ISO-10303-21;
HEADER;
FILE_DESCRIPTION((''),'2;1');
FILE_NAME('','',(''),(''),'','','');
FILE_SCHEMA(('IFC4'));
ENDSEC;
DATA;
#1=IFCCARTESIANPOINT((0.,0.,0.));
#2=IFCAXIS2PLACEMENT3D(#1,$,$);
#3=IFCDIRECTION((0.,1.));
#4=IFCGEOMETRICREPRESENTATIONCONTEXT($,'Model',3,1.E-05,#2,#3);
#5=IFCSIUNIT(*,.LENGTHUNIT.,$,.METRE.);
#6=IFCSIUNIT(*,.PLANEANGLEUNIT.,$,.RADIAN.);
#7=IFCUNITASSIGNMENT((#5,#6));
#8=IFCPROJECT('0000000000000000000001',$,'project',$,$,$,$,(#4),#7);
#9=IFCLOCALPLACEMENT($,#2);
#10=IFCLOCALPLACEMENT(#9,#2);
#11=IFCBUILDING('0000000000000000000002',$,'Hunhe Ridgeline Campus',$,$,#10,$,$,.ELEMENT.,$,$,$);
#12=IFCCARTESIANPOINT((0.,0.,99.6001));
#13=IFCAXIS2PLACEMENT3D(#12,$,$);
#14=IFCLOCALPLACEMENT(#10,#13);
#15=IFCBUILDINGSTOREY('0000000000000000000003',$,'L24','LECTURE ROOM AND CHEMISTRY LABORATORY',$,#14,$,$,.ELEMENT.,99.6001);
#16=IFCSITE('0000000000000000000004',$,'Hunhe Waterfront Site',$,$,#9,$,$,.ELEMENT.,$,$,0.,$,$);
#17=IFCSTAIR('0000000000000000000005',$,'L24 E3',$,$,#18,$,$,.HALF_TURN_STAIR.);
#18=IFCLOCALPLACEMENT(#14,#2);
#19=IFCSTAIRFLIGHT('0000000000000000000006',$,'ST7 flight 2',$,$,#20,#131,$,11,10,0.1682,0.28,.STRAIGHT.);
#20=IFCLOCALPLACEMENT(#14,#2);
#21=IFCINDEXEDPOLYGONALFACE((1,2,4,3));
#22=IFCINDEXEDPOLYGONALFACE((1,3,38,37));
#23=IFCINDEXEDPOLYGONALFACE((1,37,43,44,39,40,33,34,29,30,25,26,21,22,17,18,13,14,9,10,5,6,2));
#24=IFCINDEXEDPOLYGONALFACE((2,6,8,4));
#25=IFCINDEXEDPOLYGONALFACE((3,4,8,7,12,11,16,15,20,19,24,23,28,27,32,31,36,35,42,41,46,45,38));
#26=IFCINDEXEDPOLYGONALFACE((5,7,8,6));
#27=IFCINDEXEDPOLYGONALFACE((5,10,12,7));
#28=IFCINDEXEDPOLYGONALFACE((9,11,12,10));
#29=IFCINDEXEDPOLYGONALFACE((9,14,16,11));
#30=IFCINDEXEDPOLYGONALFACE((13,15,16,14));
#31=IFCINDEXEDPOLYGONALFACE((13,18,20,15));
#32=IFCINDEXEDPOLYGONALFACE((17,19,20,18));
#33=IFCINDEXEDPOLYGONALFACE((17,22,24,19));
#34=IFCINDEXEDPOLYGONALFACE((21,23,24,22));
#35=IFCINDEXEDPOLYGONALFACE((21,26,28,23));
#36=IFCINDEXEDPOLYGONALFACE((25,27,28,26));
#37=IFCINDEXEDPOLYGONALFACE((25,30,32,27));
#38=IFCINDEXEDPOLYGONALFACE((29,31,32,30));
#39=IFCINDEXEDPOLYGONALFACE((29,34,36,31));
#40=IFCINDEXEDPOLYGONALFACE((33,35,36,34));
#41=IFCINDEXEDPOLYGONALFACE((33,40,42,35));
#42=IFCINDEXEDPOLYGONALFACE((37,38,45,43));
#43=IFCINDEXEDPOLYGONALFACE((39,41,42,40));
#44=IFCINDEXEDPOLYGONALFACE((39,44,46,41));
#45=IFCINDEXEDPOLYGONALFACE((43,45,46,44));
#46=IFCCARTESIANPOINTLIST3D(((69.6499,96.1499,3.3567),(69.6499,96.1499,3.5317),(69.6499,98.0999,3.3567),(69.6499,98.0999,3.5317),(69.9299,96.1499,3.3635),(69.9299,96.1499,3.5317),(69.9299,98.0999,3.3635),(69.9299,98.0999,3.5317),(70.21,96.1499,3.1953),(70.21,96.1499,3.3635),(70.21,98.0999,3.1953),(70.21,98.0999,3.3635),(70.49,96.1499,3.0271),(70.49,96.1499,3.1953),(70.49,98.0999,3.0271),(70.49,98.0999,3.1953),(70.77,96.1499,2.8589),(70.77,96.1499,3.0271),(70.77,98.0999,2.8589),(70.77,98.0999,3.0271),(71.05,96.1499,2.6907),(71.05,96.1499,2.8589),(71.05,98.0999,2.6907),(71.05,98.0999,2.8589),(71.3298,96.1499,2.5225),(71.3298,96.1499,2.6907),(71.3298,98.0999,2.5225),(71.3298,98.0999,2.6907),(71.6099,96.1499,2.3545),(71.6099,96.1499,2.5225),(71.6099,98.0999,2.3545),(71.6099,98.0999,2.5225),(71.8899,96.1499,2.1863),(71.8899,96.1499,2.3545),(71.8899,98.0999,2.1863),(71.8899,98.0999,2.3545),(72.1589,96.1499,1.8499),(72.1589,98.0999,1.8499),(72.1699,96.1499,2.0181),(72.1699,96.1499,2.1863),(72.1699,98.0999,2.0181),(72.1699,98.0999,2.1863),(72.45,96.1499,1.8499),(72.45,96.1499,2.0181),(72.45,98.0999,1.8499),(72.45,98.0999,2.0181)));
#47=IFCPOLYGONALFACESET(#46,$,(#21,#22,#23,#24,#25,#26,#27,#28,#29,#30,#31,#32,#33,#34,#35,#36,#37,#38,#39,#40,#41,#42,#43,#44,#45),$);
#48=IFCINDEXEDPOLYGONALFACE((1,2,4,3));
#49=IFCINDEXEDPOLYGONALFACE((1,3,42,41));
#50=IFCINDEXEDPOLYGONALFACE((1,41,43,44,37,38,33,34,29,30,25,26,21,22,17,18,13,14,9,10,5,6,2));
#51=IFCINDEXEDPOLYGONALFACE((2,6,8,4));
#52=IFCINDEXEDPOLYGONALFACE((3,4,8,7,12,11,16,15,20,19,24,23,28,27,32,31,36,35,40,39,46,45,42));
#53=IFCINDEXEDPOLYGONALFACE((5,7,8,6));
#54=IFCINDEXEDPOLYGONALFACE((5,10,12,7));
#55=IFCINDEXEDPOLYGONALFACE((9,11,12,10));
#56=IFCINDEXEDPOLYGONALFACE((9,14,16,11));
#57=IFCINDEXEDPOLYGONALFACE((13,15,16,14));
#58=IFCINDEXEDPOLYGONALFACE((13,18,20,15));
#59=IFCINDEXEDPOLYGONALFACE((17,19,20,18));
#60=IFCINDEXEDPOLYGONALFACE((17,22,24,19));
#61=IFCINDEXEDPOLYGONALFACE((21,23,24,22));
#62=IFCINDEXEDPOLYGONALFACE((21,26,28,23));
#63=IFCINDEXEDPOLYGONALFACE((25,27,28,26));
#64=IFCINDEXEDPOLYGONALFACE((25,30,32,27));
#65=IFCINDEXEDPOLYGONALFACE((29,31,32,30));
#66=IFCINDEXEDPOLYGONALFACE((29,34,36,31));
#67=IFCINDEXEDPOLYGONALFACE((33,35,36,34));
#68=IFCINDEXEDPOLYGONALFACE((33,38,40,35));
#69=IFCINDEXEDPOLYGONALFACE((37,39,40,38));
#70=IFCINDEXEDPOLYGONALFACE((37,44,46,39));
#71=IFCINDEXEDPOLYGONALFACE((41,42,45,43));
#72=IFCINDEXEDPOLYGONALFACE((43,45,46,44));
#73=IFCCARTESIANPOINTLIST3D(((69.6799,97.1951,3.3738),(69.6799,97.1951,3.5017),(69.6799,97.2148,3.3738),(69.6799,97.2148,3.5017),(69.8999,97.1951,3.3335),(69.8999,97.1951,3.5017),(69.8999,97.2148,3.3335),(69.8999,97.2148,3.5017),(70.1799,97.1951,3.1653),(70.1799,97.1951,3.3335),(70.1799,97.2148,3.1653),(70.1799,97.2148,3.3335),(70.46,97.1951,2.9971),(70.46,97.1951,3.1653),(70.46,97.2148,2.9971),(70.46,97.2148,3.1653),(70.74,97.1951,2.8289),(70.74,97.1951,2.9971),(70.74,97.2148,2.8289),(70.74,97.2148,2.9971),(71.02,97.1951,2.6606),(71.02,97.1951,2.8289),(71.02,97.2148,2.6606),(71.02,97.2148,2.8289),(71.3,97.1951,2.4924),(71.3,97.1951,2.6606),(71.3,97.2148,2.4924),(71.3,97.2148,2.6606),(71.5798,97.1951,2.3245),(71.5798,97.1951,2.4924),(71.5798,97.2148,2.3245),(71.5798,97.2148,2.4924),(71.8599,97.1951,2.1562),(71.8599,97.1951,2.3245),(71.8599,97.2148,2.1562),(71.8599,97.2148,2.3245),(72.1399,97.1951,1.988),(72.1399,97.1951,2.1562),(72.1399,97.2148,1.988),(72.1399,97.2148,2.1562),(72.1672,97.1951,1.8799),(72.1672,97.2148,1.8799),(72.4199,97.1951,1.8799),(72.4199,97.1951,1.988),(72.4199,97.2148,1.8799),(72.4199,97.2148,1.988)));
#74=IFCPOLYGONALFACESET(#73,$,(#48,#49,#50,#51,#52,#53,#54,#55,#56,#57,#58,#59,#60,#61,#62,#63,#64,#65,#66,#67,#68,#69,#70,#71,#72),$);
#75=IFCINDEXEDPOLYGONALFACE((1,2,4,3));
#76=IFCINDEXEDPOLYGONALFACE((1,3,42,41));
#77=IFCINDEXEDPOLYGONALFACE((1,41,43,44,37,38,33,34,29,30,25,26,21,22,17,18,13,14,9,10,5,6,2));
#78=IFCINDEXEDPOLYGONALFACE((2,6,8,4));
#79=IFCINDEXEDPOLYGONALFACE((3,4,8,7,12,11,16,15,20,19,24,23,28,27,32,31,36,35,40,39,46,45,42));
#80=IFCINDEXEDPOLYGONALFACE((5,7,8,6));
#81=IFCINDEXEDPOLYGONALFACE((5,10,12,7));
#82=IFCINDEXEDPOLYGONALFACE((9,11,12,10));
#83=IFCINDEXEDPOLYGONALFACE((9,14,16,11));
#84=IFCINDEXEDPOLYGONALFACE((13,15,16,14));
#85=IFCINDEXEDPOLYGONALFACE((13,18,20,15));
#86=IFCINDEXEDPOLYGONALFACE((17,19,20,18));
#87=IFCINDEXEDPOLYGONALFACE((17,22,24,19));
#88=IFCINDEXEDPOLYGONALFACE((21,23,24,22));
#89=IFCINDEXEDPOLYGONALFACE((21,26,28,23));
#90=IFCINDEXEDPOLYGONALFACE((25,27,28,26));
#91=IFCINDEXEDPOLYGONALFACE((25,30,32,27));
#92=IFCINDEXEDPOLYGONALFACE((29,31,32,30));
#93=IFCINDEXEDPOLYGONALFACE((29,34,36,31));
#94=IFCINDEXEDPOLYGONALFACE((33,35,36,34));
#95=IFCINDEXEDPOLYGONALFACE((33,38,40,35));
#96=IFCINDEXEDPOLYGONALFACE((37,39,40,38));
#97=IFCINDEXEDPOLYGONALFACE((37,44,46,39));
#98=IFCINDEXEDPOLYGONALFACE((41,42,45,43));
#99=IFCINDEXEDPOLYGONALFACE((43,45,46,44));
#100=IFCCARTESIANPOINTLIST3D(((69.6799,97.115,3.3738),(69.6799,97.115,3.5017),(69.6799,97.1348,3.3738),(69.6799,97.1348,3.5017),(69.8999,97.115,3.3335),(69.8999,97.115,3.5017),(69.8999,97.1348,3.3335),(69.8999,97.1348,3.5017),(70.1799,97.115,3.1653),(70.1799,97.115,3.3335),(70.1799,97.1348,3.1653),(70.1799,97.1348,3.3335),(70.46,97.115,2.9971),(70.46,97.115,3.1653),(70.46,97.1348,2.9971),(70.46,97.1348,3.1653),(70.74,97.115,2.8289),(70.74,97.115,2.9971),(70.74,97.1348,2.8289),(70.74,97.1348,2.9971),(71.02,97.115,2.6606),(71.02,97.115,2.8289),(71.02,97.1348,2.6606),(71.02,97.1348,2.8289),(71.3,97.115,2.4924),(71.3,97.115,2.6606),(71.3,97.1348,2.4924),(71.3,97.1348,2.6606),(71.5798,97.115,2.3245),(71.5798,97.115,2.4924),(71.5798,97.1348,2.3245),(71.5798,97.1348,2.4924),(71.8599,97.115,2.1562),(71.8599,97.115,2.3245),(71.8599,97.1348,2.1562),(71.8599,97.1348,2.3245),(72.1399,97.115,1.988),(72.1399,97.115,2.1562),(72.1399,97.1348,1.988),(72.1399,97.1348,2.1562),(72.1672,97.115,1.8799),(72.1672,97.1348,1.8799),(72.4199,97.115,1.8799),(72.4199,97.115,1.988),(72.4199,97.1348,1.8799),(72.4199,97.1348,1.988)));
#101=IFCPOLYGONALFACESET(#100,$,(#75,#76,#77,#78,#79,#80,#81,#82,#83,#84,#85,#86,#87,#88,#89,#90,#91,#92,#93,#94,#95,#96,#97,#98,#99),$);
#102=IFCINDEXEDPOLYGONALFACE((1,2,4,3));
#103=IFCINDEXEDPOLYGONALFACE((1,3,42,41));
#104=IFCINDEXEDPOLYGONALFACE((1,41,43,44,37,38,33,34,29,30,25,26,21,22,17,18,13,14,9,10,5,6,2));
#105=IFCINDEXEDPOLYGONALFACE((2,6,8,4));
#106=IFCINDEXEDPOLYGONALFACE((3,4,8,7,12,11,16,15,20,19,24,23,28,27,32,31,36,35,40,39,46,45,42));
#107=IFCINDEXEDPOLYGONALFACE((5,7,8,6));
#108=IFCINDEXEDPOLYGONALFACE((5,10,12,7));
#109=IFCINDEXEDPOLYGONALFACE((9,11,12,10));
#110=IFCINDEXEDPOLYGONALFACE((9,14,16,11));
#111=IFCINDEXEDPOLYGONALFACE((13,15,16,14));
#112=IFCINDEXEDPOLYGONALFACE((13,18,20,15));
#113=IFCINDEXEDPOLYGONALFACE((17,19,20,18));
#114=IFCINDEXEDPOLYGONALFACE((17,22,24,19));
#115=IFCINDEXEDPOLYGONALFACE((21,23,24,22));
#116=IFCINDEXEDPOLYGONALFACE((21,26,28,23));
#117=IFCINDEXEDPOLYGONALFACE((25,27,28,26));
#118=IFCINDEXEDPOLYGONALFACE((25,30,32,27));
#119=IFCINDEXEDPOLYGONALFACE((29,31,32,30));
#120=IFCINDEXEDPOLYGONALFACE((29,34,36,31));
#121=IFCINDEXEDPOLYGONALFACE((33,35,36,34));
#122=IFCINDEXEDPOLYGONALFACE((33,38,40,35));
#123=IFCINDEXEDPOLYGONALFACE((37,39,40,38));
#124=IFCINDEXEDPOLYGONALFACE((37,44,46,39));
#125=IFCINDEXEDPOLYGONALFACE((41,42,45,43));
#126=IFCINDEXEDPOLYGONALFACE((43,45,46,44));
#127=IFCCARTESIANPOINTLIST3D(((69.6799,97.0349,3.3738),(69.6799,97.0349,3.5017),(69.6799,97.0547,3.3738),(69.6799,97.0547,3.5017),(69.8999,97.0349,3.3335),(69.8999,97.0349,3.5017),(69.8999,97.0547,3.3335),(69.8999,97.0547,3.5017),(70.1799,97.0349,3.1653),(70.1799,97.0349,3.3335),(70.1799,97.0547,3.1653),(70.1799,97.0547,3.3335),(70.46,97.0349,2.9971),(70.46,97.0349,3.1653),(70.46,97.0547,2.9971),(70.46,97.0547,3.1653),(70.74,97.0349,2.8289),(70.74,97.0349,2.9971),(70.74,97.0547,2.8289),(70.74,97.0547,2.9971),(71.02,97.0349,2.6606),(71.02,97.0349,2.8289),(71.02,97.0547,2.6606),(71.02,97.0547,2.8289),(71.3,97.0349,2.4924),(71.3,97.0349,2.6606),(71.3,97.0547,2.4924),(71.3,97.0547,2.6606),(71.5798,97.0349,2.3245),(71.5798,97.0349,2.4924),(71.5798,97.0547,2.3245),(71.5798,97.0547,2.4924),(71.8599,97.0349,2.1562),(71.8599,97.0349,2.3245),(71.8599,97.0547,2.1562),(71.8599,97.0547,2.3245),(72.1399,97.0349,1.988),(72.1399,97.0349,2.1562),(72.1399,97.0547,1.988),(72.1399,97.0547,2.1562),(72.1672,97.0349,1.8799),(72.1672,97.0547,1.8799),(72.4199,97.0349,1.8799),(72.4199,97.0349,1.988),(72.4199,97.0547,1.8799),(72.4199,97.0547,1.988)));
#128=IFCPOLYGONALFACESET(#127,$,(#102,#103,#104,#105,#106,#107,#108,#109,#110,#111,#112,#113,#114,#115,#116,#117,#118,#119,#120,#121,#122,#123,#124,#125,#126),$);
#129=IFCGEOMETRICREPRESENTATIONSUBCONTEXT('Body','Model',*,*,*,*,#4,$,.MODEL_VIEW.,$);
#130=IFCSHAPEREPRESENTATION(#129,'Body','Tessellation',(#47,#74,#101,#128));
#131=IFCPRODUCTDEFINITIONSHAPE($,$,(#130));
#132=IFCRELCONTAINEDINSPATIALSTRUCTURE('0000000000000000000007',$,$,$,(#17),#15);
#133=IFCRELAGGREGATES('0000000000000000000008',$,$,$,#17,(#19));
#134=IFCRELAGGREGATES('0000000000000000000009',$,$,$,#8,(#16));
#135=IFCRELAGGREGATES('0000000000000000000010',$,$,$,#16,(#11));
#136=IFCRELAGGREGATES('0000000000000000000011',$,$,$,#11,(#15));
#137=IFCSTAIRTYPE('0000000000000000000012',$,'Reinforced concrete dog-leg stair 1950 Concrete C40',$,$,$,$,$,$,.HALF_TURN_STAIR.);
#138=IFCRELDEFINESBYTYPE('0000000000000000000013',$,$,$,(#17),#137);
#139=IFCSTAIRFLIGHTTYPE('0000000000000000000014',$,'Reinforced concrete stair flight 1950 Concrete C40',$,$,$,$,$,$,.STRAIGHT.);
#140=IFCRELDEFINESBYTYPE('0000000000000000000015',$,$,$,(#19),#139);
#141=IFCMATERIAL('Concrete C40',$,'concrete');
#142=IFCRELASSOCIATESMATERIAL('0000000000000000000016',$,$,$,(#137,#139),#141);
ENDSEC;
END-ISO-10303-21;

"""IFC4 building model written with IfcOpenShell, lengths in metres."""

from ifc_helpers import new_model, si_unit, direction, frame, origin, place, context, subcontext, project, spatial, polyline, outline, extrude, material, type_object, element, aggregate, save


model = new_model("IFC4")

# Units and contexts
model_context = context("Model", 3, precision=1e-05, world=origin(), true_north=direction((0.0, 1.0)))
body_context = subcontext(model_context, "Body", "Model", "MODEL_VIEW")
ifc_project = project(units=[si_unit("LENGTHUNIT", "METRE"), si_unit("PLANEANGLEUNIT", "RADIAN")], contexts=[model_context])

# Site, building, storey
site_placement = place(None, origin())
site = spatial("IfcSite", under=ifc_project, at=site_placement, Name="Hunhe Waterfront Site", CompositionType="ELEMENT", RefElevation=0.0)
building_placement = place(site_placement, origin())
building = spatial("IfcBuilding", under=site, at=building_placement, Name="Hunhe Ridgeline Campus", CompositionType="ELEMENT")
storey_placement = place(building_placement, frame((0.0, 0.0, 99.6001)))
storey = spatial("IfcBuildingStorey", under=building, at=storey_placement, Name="L24", Description="LECTURE ROOM AND CHEMISTRY LABORATORY", CompositionType="ELEMENT", Elevation=99.6001)

# Stair, stair flight
ifc_material_1 = material(Name="Concrete C40", Category="concrete")
stair_type = type_object("IfcStairType", Name="Reinforced concrete dog-leg stair 1950 Concrete C40", PredefinedType="HALF_TURN_STAIR", material=ifc_material_1)
stair_placement = place(storey_placement, origin())
stair = element("IfcStair", 1, at=stair_placement, inside=storey, type_object=stair_type, Name="L24 E3", PredefinedType="HALF_TURN_STAIR")
stair_flight_type = type_object("IfcStairFlightType", Name="Reinforced concrete stair flight 1950 Concrete C40", PredefinedType="STRAIGHT", material=ifc_material_1)
stair_flight_placement = place(storey_placement, frame((72.45, 97.125, 1.8499), z_axis=(0.0, 0.0, 1.0), x_axis=(-1.0, 0.0, 0.0)))
stair_flight = element("IfcStairFlight", 2, at=stair_flight_placement, type_object=stair_flight_type, Name="ST7 flight 2", NumberOfRisers=11, NumberOfTreads=10, PredefinedType="STRAIGHT", RiserHeight=0.1682, TreadLength=0.28, context=body_context, shape_type="SweptSolid", body=[
    extrude(outline(polyline([(0.0, 0.0), (0.0, 0.1682), (0.28, 0.1682), (0.28, 0.3364), (0.5601, 0.3364), (0.5601, 0.5046), (0.8401, 0.5046), (0.8401, 0.6726), (1.1201, 0.6726), (1.1201, 0.8408), (1.3999, 0.8408), (1.3999, 1.009), (1.6799, 1.009), (1.6799, 1.1772), (1.96, 1.1772), (1.96, 1.3455), (2.24, 1.3455), (2.24, 1.5137), (2.52, 1.5137), (2.52, 1.6819), (2.8, 1.6819), (2.8, 1.8501), (2.8, 1.5068), (0.291, 0.0), (0.0, 0.0)])), frame((0.0, 0.9751, 0.0), z_axis=(0.0, -1.0, 0.0), x_axis=(1.0, 0.0, 0.0)), (0.0, 0.0, 1.0), 1.95),
    extrude(outline(polyline([(0.03, 0.03), (0.03, 0.1382), (0.3101, 0.1382), (0.3101, 0.3064), (0.5901, 0.3064), (0.5901, 0.4746), (0.8701, 0.4746), (0.8701, 0.6426), (1.1499, 0.6426), (1.1499, 0.8108), (1.4299, 0.8108), (1.4299, 0.979), (1.71, 0.979), (1.71, 1.1472), (1.99, 1.1472), (1.99, 1.3154), (2.27, 1.3154), (2.27, 1.4836), (2.55, 1.4836), (2.55, 1.6519), (2.77, 1.6519), (2.77, 1.5239), (0.2827, 0.03), (0.03, 0.03)])), frame((0.0, -0.0701, 0.0), z_axis=(0.0, -1.0, 0.0), x_axis=(1.0, 0.0, 0.0)), (0.0, 0.0, 1.0), 0.0198),
    extrude(outline(polyline([(0.03, 0.03), (0.03, 0.1382), (0.3101, 0.1382), (0.3101, 0.3064), (0.5901, 0.3064), (0.5901, 0.4746), (0.8701, 0.4746), (0.8701, 0.6426), (1.1499, 0.6426), (1.1499, 0.8108), (1.4299, 0.8108), (1.4299, 0.979), (1.71, 0.979), (1.71, 1.1472), (1.99, 1.1472), (1.99, 1.3154), (2.27, 1.3154), (2.27, 1.4836), (2.55, 1.4836), (2.55, 1.6519), (2.77, 1.6519), (2.77, 1.5239), (0.2827, 0.03), (0.03, 0.03)])), frame((0.0, 0.01, 0.0), z_axis=(0.0, -1.0, 0.0), x_axis=(1.0, 0.0, 0.0)), (0.0, 0.0, 1.0), 0.0198),
    extrude(outline(polyline([(0.03, 0.03), (0.03, 0.1382), (0.3101, 0.1382), (0.3101, 0.3064), (0.5901, 0.3064), (0.5901, 0.4746), (0.8701, 0.4746), (0.8701, 0.6426), (1.1499, 0.6426), (1.1499, 0.8108), (1.4299, 0.8108), (1.4299, 0.979), (1.71, 0.979), (1.71, 1.1472), (1.99, 1.1472), (1.99, 1.3154), (2.27, 1.3154), (2.27, 1.4836), (2.55, 1.4836), (2.55, 1.6519), (2.77, 1.6519), (2.77, 1.5239), (0.2827, 0.03), (0.03, 0.03)])), frame((0.0, 0.0901, 0.0), z_axis=(0.0, -1.0, 0.0), x_axis=(1.0, 0.0, 0.0)), (0.0, 0.0, 1.0), 0.0198),
])
aggregate(stair, [stair_flight])

save(model, "model.ifc")
